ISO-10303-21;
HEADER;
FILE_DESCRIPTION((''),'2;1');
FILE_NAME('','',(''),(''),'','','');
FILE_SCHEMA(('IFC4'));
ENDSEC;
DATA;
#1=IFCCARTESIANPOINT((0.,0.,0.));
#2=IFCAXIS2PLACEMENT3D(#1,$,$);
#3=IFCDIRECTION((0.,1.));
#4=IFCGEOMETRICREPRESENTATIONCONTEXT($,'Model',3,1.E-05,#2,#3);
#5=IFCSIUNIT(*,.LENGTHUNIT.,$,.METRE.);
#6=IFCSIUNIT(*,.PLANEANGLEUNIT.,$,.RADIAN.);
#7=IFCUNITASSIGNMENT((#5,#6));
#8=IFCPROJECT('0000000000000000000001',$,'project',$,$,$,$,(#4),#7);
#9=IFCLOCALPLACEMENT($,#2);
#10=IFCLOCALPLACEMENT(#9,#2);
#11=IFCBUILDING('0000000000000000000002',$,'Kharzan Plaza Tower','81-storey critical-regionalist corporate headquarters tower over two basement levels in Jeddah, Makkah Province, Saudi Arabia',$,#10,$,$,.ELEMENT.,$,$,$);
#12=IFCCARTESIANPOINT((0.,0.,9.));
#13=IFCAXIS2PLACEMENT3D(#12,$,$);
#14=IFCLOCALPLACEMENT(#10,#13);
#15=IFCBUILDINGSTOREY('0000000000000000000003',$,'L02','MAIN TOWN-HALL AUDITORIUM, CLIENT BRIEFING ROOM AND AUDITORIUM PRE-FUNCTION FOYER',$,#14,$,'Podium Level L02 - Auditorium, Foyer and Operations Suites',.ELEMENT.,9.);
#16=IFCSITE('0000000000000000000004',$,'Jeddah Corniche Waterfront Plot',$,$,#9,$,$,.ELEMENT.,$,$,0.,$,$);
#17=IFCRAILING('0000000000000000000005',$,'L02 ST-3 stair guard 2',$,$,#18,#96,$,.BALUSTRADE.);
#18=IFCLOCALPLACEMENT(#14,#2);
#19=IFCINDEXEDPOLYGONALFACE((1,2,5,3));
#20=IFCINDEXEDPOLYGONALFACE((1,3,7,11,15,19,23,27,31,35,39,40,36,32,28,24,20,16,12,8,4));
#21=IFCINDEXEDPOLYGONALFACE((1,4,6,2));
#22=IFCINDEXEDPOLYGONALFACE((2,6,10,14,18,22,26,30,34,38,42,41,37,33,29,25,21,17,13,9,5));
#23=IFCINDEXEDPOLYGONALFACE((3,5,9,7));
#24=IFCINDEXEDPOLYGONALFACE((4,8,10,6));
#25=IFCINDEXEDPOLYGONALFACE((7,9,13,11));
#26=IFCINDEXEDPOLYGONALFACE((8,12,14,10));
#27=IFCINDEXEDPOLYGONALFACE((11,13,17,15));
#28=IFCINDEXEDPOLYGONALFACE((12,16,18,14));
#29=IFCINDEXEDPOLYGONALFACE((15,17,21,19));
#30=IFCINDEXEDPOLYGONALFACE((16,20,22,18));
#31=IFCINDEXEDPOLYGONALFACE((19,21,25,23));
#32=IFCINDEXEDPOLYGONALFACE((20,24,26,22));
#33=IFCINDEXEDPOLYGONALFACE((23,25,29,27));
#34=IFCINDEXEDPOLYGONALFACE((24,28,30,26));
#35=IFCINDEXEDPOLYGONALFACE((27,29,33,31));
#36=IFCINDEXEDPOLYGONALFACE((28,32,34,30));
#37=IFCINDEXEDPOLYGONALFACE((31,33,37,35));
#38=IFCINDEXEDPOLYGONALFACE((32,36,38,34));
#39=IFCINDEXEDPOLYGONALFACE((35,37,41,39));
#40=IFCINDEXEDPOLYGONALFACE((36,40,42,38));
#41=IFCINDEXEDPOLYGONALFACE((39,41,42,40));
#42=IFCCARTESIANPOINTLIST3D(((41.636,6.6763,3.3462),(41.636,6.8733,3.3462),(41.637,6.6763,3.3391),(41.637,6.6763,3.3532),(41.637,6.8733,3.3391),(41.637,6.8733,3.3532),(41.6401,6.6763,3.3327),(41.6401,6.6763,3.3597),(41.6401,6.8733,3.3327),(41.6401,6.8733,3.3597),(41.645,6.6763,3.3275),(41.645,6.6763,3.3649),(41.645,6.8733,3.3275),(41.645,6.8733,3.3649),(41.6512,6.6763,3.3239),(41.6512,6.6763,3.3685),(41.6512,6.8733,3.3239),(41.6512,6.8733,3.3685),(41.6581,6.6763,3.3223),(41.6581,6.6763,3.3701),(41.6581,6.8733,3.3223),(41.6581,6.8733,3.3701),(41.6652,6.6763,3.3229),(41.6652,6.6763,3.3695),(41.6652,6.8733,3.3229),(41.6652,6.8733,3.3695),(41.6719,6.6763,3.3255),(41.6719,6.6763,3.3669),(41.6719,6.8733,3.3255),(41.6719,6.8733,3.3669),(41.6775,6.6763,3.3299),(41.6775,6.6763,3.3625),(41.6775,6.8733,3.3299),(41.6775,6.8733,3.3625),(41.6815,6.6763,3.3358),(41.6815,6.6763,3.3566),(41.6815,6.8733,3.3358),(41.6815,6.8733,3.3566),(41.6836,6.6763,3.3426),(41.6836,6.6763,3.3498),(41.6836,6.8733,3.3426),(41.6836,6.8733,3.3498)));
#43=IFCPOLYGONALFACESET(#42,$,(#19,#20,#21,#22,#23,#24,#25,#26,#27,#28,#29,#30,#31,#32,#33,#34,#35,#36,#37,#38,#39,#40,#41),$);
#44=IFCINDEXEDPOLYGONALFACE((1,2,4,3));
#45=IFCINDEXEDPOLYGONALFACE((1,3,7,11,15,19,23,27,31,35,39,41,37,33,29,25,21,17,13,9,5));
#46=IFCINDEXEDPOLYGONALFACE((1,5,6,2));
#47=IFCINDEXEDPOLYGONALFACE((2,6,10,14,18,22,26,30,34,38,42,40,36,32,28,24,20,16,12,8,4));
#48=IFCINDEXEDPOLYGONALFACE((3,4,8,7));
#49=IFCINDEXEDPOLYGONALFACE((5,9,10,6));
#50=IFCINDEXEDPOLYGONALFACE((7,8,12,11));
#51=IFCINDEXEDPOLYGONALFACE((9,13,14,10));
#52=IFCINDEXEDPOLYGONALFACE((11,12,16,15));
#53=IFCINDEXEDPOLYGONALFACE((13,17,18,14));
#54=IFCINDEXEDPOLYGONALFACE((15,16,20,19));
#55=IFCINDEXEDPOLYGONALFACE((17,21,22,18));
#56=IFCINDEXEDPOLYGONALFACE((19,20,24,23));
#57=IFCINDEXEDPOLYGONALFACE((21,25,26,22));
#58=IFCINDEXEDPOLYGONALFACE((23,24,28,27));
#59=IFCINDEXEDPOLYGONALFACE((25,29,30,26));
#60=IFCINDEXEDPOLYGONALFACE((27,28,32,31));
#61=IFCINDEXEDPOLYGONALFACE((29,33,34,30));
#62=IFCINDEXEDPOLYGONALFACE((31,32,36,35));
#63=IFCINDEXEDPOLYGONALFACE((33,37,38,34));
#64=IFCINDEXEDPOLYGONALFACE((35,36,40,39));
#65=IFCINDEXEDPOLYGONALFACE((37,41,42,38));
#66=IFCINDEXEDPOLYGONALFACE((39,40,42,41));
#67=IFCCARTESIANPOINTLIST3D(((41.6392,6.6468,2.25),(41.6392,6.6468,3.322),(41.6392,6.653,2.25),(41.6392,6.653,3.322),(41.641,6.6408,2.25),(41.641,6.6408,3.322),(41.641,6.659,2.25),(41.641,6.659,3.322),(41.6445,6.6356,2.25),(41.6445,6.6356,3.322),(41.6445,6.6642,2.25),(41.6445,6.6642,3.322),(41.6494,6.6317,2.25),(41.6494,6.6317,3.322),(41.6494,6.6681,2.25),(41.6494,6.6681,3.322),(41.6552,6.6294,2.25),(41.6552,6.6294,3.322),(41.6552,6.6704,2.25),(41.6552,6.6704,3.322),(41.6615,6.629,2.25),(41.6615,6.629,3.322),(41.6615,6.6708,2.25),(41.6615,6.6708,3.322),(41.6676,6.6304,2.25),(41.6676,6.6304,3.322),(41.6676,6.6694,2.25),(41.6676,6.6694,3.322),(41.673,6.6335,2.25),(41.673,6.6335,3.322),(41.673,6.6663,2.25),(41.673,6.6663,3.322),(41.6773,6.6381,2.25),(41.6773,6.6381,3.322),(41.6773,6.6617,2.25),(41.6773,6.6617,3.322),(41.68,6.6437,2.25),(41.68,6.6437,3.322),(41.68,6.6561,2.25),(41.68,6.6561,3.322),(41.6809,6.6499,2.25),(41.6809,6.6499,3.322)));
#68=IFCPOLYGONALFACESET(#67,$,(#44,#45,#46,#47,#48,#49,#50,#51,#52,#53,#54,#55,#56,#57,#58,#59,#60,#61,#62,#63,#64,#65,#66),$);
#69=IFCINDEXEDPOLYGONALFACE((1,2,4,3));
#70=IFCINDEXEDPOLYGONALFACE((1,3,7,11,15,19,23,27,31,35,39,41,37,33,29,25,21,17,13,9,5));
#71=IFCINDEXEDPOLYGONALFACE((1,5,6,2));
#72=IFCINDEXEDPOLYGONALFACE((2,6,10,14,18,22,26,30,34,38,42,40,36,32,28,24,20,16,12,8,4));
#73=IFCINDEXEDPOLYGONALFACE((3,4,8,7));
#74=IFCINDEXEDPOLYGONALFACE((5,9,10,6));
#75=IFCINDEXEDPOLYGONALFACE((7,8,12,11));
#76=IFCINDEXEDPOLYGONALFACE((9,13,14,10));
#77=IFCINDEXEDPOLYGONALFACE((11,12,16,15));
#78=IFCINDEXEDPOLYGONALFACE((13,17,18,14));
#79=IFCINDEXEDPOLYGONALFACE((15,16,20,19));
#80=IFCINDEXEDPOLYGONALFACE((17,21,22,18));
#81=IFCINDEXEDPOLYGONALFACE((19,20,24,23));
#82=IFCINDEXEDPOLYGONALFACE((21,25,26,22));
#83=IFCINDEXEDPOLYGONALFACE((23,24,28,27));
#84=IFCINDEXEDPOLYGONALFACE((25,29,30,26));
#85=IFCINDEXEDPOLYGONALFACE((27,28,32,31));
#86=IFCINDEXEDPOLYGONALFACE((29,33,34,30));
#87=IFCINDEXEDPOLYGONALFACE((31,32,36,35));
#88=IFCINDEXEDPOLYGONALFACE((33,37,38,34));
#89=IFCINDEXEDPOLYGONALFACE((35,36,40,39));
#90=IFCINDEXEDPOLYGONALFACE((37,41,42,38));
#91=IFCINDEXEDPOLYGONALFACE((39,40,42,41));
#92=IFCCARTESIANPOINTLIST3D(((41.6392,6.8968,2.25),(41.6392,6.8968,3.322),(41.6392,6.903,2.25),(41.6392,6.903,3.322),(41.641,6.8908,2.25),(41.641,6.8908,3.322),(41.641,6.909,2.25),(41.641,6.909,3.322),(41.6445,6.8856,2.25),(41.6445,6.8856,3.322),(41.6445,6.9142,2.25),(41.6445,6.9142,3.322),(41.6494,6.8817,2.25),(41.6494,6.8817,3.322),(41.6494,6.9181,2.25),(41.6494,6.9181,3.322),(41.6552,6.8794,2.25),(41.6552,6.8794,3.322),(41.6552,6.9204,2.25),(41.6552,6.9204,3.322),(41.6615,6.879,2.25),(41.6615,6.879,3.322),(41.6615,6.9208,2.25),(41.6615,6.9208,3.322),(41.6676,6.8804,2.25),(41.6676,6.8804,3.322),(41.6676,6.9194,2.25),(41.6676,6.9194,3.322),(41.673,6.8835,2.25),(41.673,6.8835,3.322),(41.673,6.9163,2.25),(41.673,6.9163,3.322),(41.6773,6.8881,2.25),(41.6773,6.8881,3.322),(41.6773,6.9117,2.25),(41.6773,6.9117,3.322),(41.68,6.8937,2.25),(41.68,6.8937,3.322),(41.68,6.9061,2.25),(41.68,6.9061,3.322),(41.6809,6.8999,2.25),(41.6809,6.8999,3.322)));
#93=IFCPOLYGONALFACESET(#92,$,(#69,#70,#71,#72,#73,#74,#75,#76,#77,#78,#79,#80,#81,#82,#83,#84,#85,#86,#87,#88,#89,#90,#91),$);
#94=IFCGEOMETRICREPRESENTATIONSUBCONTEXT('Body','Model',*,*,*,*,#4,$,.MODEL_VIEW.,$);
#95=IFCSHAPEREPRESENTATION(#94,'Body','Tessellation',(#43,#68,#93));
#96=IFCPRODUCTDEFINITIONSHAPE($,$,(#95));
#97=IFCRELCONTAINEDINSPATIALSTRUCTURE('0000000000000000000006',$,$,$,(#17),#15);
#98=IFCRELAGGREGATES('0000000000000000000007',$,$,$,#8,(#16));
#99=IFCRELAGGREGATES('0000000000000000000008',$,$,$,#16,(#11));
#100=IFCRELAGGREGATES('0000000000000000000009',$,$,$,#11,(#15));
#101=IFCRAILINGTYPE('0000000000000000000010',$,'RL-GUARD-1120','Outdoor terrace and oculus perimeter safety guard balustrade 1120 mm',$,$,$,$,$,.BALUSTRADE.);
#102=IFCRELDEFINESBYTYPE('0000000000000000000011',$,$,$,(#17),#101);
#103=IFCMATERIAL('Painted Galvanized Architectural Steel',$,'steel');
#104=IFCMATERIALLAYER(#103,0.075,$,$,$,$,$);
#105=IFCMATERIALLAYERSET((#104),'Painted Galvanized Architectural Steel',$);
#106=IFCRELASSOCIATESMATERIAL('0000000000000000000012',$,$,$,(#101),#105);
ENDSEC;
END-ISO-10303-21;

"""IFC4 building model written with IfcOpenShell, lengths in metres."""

from ifc_helpers import new_model, si_unit, direction, frame, origin, origin_2d, place, context, subcontext, project, spatial, circle, extrude, source, transform, mapped, material, layer, layer_set, type_object, element, save


model = new_model("IFC4")

# Units and contexts
model_context = context("Model", 3, precision=1e-05, world=origin(), true_north=direction((0.0, 1.0)))
body_context = subcontext(model_context, "Body", "Model", "MODEL_VIEW")
ifc_project = project(units=[si_unit("LENGTHUNIT", "METRE"), si_unit("PLANEANGLEUNIT", "RADIAN")], contexts=[model_context])

# Site, building, storey
site_placement = place(None, origin())
site = spatial("IfcSite", under=ifc_project, at=site_placement, Name="Jeddah Corniche Waterfront Plot", CompositionType="ELEMENT", RefElevation=0.0)
building_placement = place(site_placement, origin())
building = spatial("IfcBuilding", under=site, at=building_placement, Name="Kharzan Plaza Tower", Description="81-storey critical-regionalist corporate headquarters tower over two basement levels in Jeddah, Makkah Province, Saudi Arabia", CompositionType="ELEMENT")
storey_placement = place(building_placement, frame((0.0, 0.0, 9.0)))
storey = spatial("IfcBuildingStorey", under=building, at=storey_placement, Name="L02", Description="MAIN TOWN-HALL AUDITORIUM, CLIENT BRIEFING ROOM AND AUDITORIUM PRE-FUNCTION FOYER", LongName="Podium Level L02 - Auditorium, Foyer and Operations Suites", CompositionType="ELEMENT", Elevation=9.0)

# Railing
ifc_material_1 = material(Name="Painted Galvanized Architectural Steel", Category="steel")
ifc_layer_1 = layer(ifc_material_1, 0.075)
ifc_layer_set_1 = layer_set([ifc_layer_1], Name="Painted Galvanized Architectural Steel")
railing_type_1 = type_object("IfcRailingType", Name="RL-GUARD-1120", Description="Outdoor terrace and oculus perimeter safety guard balustrade 1120 mm", PredefinedType="BALUSTRADE", material=ifc_layer_set_1)
shared_shape_1 = source(origin(), body_context, "Body", "SweptSolid", [
    extrude(circle(Radius=0.0239, at=origin_2d()), frame((0.0, 0.0264, 1.0962), z_axis=(0.0, 1.0, 0.0), x_axis=(-1.0, 0.0, 0.0)), (0.0, 0.0, 1.0), 0.197),
    extrude(circle(Radius=0.021, at=origin_2d()), origin(), (0.0, 0.0, 1.0), 1.072),
    extrude(circle(Radius=0.021, at=origin_2d()), frame((0.0, 0.25, 0.0)), (0.0, 0.0, 1.0), 1.072),
])
railing_1_placement = place(storey_placement, frame((41.6599, 6.6499, 2.25)))
element("IfcRailing", 1, at=railing_1_placement, inside=storey, type_object=railing_type_1, Name="L02 ST-3 stair guard 2", PredefinedType="BALUSTRADE", context=body_context, shape_type="MappedRepresentation", body=[
    mapped(shared_shape_1, transform((0.0, 0.0, 0.0), x_axis=(1.0, 0.0, 0.0), y_axis=(0.0, 1.0, 0.0), z_axis=(0.0, 0.0, 1.0))),
])

save(model, "model.ifc")
